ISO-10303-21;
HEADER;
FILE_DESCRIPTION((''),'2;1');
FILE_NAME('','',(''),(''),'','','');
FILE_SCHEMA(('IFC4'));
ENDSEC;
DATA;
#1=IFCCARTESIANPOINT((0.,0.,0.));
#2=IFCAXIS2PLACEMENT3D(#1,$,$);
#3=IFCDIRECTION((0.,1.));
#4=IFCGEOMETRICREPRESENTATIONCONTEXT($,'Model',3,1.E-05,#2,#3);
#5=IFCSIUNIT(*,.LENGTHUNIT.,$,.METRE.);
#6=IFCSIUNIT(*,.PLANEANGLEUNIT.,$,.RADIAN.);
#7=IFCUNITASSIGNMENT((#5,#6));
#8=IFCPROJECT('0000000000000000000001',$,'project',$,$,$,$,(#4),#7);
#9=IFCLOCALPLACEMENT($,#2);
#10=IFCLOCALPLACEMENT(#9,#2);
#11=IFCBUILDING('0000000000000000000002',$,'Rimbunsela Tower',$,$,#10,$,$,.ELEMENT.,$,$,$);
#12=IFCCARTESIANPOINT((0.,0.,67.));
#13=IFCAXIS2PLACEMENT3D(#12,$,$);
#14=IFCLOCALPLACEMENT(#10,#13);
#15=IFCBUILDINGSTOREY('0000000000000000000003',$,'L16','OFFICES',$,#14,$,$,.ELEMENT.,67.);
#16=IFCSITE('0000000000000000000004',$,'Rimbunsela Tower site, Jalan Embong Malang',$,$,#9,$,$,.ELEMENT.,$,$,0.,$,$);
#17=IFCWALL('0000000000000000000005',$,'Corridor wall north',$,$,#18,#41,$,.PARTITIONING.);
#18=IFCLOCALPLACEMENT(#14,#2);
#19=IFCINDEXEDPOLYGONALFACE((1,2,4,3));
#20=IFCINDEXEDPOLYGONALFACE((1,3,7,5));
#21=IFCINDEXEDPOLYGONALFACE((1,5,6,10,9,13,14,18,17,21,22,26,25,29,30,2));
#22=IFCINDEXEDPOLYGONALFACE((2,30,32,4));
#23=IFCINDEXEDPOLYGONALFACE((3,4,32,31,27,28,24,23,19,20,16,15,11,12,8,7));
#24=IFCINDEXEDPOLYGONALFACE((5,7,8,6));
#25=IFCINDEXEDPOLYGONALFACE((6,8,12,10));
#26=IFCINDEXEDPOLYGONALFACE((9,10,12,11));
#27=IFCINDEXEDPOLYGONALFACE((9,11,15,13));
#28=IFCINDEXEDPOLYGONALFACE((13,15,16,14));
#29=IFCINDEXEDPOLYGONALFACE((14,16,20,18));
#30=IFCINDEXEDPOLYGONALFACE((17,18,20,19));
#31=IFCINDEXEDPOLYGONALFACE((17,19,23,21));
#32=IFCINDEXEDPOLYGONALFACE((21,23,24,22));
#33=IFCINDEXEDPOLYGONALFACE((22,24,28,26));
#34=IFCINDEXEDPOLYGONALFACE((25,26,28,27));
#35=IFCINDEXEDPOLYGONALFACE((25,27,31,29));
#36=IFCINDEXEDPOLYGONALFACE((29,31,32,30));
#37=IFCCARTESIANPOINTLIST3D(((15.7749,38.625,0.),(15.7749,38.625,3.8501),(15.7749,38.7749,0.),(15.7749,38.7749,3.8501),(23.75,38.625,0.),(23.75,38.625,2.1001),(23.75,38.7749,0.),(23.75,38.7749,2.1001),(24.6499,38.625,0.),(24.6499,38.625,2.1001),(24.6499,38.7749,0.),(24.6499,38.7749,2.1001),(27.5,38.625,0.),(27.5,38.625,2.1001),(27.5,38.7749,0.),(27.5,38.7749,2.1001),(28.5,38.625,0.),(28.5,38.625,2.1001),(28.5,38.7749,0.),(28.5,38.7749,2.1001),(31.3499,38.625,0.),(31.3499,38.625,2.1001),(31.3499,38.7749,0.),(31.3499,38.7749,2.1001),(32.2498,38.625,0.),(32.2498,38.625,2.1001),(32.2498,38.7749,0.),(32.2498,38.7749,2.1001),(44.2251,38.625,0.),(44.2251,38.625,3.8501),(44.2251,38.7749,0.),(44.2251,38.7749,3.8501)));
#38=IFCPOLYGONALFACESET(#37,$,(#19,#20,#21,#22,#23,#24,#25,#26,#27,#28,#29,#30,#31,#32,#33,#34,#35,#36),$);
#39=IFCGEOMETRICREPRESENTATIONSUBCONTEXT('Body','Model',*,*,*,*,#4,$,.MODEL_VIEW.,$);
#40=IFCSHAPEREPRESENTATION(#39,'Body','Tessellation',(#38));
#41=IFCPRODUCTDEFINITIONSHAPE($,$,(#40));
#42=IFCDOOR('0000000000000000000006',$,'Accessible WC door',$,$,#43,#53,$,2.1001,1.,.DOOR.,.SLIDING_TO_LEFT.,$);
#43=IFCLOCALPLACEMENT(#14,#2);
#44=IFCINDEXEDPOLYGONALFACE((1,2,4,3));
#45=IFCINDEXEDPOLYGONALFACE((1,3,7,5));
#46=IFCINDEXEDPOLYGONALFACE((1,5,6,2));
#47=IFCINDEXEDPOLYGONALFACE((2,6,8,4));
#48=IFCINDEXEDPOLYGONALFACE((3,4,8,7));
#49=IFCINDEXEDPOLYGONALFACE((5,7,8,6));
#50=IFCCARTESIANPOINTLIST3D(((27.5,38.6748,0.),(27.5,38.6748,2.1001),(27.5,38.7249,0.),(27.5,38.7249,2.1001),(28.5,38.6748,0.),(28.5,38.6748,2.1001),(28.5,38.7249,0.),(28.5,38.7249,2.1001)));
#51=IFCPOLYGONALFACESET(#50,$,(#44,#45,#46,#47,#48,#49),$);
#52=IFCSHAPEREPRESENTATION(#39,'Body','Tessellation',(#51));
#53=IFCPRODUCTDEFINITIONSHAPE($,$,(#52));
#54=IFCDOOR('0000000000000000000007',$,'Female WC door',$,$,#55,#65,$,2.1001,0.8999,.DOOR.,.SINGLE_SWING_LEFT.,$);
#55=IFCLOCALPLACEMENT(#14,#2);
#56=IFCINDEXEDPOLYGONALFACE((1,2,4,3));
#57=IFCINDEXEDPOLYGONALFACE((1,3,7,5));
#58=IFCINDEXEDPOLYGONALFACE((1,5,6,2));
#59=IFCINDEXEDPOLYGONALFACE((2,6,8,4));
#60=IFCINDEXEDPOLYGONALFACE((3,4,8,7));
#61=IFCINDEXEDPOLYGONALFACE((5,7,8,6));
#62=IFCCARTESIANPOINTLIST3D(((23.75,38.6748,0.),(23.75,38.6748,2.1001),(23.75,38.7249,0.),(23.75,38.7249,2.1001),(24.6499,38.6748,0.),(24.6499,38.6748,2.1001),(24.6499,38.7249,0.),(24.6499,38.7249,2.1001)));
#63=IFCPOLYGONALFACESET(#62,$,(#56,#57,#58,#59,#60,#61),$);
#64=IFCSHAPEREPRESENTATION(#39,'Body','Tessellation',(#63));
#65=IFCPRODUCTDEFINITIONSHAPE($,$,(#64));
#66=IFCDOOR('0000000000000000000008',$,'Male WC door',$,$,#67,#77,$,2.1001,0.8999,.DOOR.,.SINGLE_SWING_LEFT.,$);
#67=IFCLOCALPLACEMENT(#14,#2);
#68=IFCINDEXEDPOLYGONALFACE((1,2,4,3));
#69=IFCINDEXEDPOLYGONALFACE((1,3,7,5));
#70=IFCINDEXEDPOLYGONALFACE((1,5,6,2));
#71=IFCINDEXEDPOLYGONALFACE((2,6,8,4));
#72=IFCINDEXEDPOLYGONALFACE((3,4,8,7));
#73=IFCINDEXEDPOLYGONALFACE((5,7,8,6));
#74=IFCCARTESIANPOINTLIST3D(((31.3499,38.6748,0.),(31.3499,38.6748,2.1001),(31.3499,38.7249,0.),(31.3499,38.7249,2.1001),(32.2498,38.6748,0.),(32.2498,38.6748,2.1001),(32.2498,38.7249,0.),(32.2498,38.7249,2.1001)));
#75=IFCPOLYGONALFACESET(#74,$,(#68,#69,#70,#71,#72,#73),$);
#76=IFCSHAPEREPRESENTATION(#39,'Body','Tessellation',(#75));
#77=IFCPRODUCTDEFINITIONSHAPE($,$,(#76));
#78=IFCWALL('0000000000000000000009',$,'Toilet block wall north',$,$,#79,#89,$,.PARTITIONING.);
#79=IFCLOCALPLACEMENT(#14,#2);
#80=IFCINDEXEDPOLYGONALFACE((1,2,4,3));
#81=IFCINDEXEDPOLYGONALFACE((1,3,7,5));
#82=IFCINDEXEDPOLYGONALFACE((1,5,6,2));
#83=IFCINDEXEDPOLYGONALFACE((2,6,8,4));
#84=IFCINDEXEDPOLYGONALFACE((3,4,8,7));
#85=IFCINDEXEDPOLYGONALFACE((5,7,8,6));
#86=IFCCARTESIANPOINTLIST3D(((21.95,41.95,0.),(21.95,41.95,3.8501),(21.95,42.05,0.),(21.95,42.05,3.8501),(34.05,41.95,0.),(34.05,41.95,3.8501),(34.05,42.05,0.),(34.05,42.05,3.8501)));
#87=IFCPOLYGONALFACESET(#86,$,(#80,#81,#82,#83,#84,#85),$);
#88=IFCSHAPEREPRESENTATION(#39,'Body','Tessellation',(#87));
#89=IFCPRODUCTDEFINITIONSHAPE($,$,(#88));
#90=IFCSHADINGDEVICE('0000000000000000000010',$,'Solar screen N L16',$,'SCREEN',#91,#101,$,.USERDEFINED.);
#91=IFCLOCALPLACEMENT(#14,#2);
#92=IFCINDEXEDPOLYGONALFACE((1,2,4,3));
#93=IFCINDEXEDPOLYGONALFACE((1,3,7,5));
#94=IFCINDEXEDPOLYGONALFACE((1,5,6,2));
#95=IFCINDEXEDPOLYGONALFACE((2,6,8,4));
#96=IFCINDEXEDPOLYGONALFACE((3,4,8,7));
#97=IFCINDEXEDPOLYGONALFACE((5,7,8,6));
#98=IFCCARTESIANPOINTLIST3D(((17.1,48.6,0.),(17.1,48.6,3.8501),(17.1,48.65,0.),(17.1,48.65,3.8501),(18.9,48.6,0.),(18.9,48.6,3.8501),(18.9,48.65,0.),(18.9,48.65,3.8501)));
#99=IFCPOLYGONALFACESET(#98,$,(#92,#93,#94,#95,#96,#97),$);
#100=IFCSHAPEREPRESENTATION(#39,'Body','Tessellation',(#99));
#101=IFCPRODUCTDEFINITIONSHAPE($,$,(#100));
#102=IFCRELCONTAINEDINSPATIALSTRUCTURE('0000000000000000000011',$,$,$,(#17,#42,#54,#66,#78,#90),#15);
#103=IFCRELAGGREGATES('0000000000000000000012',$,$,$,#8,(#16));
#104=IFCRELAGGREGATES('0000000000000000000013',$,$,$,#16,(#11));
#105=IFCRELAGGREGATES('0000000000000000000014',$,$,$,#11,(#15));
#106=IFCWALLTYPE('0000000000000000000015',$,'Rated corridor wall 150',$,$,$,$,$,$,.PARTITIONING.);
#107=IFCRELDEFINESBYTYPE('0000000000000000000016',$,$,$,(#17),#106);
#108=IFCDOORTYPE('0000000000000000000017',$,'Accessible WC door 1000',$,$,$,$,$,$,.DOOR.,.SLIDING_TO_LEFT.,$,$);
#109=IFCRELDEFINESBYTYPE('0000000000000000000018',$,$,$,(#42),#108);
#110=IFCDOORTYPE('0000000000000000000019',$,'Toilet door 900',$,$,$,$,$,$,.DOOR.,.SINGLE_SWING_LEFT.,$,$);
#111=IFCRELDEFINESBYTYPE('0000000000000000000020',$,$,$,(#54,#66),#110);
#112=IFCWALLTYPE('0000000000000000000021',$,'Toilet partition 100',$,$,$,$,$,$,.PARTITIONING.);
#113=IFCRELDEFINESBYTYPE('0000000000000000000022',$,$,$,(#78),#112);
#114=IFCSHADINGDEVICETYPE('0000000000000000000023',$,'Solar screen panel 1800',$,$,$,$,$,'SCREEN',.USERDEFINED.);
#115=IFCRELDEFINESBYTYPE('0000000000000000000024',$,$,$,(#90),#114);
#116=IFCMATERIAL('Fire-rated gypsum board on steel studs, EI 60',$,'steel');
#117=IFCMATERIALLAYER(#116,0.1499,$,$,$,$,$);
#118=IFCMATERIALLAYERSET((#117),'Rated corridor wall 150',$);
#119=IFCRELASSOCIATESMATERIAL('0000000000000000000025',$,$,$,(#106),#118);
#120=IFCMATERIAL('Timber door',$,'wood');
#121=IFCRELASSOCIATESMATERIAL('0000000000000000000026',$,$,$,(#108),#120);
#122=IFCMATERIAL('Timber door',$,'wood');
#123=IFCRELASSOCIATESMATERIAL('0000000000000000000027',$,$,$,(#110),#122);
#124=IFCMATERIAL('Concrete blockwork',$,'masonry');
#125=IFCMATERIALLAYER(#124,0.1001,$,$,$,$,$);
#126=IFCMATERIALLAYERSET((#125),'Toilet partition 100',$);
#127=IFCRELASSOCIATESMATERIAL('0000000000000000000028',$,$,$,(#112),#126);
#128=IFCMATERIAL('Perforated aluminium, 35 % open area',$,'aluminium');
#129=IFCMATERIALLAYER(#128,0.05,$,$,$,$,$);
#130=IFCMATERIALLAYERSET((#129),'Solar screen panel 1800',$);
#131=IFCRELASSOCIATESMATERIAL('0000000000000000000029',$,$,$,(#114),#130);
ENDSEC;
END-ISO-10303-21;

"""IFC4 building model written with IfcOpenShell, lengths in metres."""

from ifc_helpers import new_model, si_unit, direction, frame, frame_2d, origin, origin_2d, place, context, subcontext, project, spatial, rectangle, extrude, material, layer, layer_set, type_object, element, fill, save


model = new_model("IFC4")

# Units and contexts
model_context = context("Model", 3, precision=1e-05, world=origin(), true_north=direction((0.0, 1.0)))
body_context = subcontext(model_context, "Body", "Model", "MODEL_VIEW")
ifc_project = project(units=[si_unit("LENGTHUNIT", "METRE"), si_unit("PLANEANGLEUNIT", "RADIAN")], contexts=[model_context])

# Site, building, storey
site_placement = place(None, origin())
site = spatial("IfcSite", under=ifc_project, at=site_placement, Name="Rimbunsela Tower site, Jalan Embong Malang", CompositionType="ELEMENT", RefElevation=0.0)
building_placement = place(site_placement, origin())
building = spatial("IfcBuilding", under=site, at=building_placement, Name="Rimbunsela Tower", CompositionType="ELEMENT")
storey_placement = place(building_placement, frame((0.0, 0.0, 67.0)))
storey = spatial("IfcBuildingStorey", under=building, at=storey_placement, Name="L16", Description="OFFICES", CompositionType="ELEMENT", Elevation=67.0)

# Wall, openings, doors
ifc_material_1 = material(Name="Fire-rated gypsum board on steel studs, EI 60", Category="steel")
ifc_layer_1 = layer(ifc_material_1, 0.1499)
ifc_layer_set_1 = layer_set([ifc_layer_1], Name="Rated corridor wall 150")
wall_type_1 = type_object("IfcWallType", Name="Rated corridor wall 150", PredefinedType="PARTITIONING", material=ifc_layer_set_1)
wall_1_placement = place(storey_placement, frame((15.7749, 38.7, 0.0), z_axis=(0.0, 0.0, 1.0), x_axis=(1.0, 0.0, 0.0)))
wall_1 = element("IfcWall", 1, at=wall_1_placement, inside=storey, type_object=wall_type_1, Name="Corridor wall north", PredefinedType="PARTITIONING", context=body_context, shape_type="SweptSolid", body=[
    extrude(rectangle(XDim=28.4502, YDim=0.1499, at=frame_2d((14.2251, 0.0))), origin(), (0.0, 0.0, 1.0), 3.8501),
])
opening_1_placement = place(wall_1_placement, frame((7.9751, 0.0, 0.0)))
opening_1 = element("IfcOpeningElement", 2, at=opening_1_placement, cuts=wall_1, PredefinedType="OPENING", context=body_context, shape_type="SweptSolid", body=[
    extrude(rectangle(XDim=0.8999, YDim=2.1001, at=frame_2d((0.45, 1.05))), frame((0.0, 0.085, 0.0), z_axis=(0.0, -1.0, 0.0), x_axis=(1.0, 0.0, 0.0)), (0.0, 0.0, 1.0), 0.1699),
])
opening_2_placement = place(wall_1_placement, frame((11.7251, 0.0, 0.0)))
opening_2 = element("IfcOpeningElement", 3, at=opening_2_placement, cuts=wall_1, PredefinedType="OPENING", context=body_context, shape_type="SweptSolid", body=[
    extrude(rectangle(XDim=1.0, YDim=2.1001, at=frame_2d((0.5, 1.05))), frame((0.0, 0.085, 0.0), z_axis=(0.0, -1.0, 0.0), x_axis=(1.0, 0.0, 0.0)), (0.0, 0.0, 1.0), 0.1699),
])
opening_3_placement = place(wall_1_placement, frame((15.575, 0.0, 0.0)))
opening_3 = element("IfcOpeningElement", 4, at=opening_3_placement, cuts=wall_1, PredefinedType="OPENING", context=body_context, shape_type="SweptSolid", body=[
    extrude(rectangle(XDim=0.8999, YDim=2.1001, at=frame_2d((0.45, 1.05))), frame((0.0, 0.085, 0.0), z_axis=(0.0, -1.0, 0.0), x_axis=(1.0, 0.0, 0.0)), (0.0, 0.0, 1.0), 0.1699),
])
ifc_material_2 = material(Name="Timber door", Category="wood")
door_type_1 = type_object("IfcDoorType", Name="Accessible WC door 1000", OperationType="SLIDING_TO_LEFT", PredefinedType="DOOR", material=ifc_material_2)
door_1_placement = place(opening_2_placement, origin())
door_1 = element("IfcDoor", 5, at=door_1_placement, inside=storey, type_object=door_type_1, Name="Accessible WC door", OperationType="SLIDING_TO_LEFT", OverallHeight=2.1001, OverallWidth=1.0, PredefinedType="DOOR", context=body_context, shape_type="SweptSolid", body=[
    extrude(rectangle(XDim=1.0, YDim=2.1001, at=frame_2d((0.5, 1.05))), frame((0.0, 0.0249, 0.0), z_axis=(0.0, -1.0, 0.0), x_axis=(1.0, 0.0, 0.0)), (0.0, 0.0, 1.0), 0.05),
])
fill(opening_2, door_1)
ifc_material_3 = material(Name="Timber door", Category="wood")
door_type_2 = type_object("IfcDoorType", Name="Toilet door 900", OperationType="SINGLE_SWING_LEFT", PredefinedType="DOOR", material=ifc_material_3)
door_2_placement = place(opening_1_placement, origin())
door_2 = element("IfcDoor", 6, at=door_2_placement, inside=storey, type_object=door_type_2, Name="Female WC door", OperationType="SINGLE_SWING_LEFT", OverallHeight=2.1001, OverallWidth=0.8999, PredefinedType="DOOR", context=body_context, shape_type="SweptSolid", body=[
    extrude(rectangle(XDim=0.8999, YDim=2.1001, at=frame_2d((0.45, 1.05))), frame((0.0, 0.0249, 0.0), z_axis=(0.0, -1.0, 0.0), x_axis=(1.0, 0.0, 0.0)), (0.0, 0.0, 1.0), 0.05),
])
fill(opening_1, door_2)
door_3_placement = place(opening_3_placement, origin())
door_3 = element("IfcDoor", 7, at=door_3_placement, inside=storey, type_object=door_type_2, Name="Male WC door", OperationType="SINGLE_SWING_LEFT", OverallHeight=2.1001, OverallWidth=0.8999, PredefinedType="DOOR", context=body_context, shape_type="SweptSolid", body=[
    extrude(rectangle(XDim=0.8999, YDim=2.1001, at=frame_2d((0.45, 1.05))), frame((0.0, 0.0249, 0.0), z_axis=(0.0, -1.0, 0.0), x_axis=(1.0, 0.0, 0.0)), (0.0, 0.0, 1.0), 0.05),
])
fill(opening_3, door_3)

# Wall
ifc_material_4 = material(Name="Concrete blockwork", Category="masonry")
ifc_layer_2 = layer(ifc_material_4, 0.1001)
ifc_layer_set_2 = layer_set([ifc_layer_2], Name="Toilet partition 100")
wall_type_2 = type_object("IfcWallType", Name="Toilet partition 100", PredefinedType="PARTITIONING", material=ifc_layer_set_2)
wall_2_placement = place(storey_placement, frame((21.95, 42.0, 0.0), z_axis=(0.0, 0.0, 1.0), x_axis=(1.0, 0.0, 0.0)))
element("IfcWall", 8, at=wall_2_placement, inside=storey, type_object=wall_type_2, Name="Toilet block wall north", PredefinedType="PARTITIONING", context=body_context, shape_type="SweptSolid", body=[
    extrude(rectangle(XDim=12.1001, YDim=0.1001, at=frame_2d((6.05, 0.0))), origin(), (0.0, 0.0, 1.0), 3.8501),
])

# Shading device
ifc_material_5 = material(Name="Perforated aluminium, 35 % open area", Category="aluminium")
ifc_layer_3 = layer(ifc_material_5, 0.05)
ifc_layer_set_3 = layer_set([ifc_layer_3], Name="Solar screen panel 1800")
shading_device_type = type_object("IfcShadingDeviceType", Name="Solar screen panel 1800", ElementType="SCREEN", PredefinedType="USERDEFINED", material=ifc_layer_set_3)
shading_device_placement = place(storey_placement, frame((18.0, 48.625, 0.0), z_axis=(0.0, 0.0, 1.0), x_axis=(1.0, 0.0, 0.0)))
element("IfcShadingDevice", 9, at=shading_device_placement, inside=storey, type_object=shading_device_type, Name="Solar screen N L16", ObjectType="SCREEN", PredefinedType="USERDEFINED", context=body_context, shape_type="SweptSolid", body=[
    extrude(rectangle(XDim=1.8, YDim=0.05, at=origin_2d()), origin(), (0.0, 0.0, 1.0), 3.8501),
])

save(model, "model.ifc")
